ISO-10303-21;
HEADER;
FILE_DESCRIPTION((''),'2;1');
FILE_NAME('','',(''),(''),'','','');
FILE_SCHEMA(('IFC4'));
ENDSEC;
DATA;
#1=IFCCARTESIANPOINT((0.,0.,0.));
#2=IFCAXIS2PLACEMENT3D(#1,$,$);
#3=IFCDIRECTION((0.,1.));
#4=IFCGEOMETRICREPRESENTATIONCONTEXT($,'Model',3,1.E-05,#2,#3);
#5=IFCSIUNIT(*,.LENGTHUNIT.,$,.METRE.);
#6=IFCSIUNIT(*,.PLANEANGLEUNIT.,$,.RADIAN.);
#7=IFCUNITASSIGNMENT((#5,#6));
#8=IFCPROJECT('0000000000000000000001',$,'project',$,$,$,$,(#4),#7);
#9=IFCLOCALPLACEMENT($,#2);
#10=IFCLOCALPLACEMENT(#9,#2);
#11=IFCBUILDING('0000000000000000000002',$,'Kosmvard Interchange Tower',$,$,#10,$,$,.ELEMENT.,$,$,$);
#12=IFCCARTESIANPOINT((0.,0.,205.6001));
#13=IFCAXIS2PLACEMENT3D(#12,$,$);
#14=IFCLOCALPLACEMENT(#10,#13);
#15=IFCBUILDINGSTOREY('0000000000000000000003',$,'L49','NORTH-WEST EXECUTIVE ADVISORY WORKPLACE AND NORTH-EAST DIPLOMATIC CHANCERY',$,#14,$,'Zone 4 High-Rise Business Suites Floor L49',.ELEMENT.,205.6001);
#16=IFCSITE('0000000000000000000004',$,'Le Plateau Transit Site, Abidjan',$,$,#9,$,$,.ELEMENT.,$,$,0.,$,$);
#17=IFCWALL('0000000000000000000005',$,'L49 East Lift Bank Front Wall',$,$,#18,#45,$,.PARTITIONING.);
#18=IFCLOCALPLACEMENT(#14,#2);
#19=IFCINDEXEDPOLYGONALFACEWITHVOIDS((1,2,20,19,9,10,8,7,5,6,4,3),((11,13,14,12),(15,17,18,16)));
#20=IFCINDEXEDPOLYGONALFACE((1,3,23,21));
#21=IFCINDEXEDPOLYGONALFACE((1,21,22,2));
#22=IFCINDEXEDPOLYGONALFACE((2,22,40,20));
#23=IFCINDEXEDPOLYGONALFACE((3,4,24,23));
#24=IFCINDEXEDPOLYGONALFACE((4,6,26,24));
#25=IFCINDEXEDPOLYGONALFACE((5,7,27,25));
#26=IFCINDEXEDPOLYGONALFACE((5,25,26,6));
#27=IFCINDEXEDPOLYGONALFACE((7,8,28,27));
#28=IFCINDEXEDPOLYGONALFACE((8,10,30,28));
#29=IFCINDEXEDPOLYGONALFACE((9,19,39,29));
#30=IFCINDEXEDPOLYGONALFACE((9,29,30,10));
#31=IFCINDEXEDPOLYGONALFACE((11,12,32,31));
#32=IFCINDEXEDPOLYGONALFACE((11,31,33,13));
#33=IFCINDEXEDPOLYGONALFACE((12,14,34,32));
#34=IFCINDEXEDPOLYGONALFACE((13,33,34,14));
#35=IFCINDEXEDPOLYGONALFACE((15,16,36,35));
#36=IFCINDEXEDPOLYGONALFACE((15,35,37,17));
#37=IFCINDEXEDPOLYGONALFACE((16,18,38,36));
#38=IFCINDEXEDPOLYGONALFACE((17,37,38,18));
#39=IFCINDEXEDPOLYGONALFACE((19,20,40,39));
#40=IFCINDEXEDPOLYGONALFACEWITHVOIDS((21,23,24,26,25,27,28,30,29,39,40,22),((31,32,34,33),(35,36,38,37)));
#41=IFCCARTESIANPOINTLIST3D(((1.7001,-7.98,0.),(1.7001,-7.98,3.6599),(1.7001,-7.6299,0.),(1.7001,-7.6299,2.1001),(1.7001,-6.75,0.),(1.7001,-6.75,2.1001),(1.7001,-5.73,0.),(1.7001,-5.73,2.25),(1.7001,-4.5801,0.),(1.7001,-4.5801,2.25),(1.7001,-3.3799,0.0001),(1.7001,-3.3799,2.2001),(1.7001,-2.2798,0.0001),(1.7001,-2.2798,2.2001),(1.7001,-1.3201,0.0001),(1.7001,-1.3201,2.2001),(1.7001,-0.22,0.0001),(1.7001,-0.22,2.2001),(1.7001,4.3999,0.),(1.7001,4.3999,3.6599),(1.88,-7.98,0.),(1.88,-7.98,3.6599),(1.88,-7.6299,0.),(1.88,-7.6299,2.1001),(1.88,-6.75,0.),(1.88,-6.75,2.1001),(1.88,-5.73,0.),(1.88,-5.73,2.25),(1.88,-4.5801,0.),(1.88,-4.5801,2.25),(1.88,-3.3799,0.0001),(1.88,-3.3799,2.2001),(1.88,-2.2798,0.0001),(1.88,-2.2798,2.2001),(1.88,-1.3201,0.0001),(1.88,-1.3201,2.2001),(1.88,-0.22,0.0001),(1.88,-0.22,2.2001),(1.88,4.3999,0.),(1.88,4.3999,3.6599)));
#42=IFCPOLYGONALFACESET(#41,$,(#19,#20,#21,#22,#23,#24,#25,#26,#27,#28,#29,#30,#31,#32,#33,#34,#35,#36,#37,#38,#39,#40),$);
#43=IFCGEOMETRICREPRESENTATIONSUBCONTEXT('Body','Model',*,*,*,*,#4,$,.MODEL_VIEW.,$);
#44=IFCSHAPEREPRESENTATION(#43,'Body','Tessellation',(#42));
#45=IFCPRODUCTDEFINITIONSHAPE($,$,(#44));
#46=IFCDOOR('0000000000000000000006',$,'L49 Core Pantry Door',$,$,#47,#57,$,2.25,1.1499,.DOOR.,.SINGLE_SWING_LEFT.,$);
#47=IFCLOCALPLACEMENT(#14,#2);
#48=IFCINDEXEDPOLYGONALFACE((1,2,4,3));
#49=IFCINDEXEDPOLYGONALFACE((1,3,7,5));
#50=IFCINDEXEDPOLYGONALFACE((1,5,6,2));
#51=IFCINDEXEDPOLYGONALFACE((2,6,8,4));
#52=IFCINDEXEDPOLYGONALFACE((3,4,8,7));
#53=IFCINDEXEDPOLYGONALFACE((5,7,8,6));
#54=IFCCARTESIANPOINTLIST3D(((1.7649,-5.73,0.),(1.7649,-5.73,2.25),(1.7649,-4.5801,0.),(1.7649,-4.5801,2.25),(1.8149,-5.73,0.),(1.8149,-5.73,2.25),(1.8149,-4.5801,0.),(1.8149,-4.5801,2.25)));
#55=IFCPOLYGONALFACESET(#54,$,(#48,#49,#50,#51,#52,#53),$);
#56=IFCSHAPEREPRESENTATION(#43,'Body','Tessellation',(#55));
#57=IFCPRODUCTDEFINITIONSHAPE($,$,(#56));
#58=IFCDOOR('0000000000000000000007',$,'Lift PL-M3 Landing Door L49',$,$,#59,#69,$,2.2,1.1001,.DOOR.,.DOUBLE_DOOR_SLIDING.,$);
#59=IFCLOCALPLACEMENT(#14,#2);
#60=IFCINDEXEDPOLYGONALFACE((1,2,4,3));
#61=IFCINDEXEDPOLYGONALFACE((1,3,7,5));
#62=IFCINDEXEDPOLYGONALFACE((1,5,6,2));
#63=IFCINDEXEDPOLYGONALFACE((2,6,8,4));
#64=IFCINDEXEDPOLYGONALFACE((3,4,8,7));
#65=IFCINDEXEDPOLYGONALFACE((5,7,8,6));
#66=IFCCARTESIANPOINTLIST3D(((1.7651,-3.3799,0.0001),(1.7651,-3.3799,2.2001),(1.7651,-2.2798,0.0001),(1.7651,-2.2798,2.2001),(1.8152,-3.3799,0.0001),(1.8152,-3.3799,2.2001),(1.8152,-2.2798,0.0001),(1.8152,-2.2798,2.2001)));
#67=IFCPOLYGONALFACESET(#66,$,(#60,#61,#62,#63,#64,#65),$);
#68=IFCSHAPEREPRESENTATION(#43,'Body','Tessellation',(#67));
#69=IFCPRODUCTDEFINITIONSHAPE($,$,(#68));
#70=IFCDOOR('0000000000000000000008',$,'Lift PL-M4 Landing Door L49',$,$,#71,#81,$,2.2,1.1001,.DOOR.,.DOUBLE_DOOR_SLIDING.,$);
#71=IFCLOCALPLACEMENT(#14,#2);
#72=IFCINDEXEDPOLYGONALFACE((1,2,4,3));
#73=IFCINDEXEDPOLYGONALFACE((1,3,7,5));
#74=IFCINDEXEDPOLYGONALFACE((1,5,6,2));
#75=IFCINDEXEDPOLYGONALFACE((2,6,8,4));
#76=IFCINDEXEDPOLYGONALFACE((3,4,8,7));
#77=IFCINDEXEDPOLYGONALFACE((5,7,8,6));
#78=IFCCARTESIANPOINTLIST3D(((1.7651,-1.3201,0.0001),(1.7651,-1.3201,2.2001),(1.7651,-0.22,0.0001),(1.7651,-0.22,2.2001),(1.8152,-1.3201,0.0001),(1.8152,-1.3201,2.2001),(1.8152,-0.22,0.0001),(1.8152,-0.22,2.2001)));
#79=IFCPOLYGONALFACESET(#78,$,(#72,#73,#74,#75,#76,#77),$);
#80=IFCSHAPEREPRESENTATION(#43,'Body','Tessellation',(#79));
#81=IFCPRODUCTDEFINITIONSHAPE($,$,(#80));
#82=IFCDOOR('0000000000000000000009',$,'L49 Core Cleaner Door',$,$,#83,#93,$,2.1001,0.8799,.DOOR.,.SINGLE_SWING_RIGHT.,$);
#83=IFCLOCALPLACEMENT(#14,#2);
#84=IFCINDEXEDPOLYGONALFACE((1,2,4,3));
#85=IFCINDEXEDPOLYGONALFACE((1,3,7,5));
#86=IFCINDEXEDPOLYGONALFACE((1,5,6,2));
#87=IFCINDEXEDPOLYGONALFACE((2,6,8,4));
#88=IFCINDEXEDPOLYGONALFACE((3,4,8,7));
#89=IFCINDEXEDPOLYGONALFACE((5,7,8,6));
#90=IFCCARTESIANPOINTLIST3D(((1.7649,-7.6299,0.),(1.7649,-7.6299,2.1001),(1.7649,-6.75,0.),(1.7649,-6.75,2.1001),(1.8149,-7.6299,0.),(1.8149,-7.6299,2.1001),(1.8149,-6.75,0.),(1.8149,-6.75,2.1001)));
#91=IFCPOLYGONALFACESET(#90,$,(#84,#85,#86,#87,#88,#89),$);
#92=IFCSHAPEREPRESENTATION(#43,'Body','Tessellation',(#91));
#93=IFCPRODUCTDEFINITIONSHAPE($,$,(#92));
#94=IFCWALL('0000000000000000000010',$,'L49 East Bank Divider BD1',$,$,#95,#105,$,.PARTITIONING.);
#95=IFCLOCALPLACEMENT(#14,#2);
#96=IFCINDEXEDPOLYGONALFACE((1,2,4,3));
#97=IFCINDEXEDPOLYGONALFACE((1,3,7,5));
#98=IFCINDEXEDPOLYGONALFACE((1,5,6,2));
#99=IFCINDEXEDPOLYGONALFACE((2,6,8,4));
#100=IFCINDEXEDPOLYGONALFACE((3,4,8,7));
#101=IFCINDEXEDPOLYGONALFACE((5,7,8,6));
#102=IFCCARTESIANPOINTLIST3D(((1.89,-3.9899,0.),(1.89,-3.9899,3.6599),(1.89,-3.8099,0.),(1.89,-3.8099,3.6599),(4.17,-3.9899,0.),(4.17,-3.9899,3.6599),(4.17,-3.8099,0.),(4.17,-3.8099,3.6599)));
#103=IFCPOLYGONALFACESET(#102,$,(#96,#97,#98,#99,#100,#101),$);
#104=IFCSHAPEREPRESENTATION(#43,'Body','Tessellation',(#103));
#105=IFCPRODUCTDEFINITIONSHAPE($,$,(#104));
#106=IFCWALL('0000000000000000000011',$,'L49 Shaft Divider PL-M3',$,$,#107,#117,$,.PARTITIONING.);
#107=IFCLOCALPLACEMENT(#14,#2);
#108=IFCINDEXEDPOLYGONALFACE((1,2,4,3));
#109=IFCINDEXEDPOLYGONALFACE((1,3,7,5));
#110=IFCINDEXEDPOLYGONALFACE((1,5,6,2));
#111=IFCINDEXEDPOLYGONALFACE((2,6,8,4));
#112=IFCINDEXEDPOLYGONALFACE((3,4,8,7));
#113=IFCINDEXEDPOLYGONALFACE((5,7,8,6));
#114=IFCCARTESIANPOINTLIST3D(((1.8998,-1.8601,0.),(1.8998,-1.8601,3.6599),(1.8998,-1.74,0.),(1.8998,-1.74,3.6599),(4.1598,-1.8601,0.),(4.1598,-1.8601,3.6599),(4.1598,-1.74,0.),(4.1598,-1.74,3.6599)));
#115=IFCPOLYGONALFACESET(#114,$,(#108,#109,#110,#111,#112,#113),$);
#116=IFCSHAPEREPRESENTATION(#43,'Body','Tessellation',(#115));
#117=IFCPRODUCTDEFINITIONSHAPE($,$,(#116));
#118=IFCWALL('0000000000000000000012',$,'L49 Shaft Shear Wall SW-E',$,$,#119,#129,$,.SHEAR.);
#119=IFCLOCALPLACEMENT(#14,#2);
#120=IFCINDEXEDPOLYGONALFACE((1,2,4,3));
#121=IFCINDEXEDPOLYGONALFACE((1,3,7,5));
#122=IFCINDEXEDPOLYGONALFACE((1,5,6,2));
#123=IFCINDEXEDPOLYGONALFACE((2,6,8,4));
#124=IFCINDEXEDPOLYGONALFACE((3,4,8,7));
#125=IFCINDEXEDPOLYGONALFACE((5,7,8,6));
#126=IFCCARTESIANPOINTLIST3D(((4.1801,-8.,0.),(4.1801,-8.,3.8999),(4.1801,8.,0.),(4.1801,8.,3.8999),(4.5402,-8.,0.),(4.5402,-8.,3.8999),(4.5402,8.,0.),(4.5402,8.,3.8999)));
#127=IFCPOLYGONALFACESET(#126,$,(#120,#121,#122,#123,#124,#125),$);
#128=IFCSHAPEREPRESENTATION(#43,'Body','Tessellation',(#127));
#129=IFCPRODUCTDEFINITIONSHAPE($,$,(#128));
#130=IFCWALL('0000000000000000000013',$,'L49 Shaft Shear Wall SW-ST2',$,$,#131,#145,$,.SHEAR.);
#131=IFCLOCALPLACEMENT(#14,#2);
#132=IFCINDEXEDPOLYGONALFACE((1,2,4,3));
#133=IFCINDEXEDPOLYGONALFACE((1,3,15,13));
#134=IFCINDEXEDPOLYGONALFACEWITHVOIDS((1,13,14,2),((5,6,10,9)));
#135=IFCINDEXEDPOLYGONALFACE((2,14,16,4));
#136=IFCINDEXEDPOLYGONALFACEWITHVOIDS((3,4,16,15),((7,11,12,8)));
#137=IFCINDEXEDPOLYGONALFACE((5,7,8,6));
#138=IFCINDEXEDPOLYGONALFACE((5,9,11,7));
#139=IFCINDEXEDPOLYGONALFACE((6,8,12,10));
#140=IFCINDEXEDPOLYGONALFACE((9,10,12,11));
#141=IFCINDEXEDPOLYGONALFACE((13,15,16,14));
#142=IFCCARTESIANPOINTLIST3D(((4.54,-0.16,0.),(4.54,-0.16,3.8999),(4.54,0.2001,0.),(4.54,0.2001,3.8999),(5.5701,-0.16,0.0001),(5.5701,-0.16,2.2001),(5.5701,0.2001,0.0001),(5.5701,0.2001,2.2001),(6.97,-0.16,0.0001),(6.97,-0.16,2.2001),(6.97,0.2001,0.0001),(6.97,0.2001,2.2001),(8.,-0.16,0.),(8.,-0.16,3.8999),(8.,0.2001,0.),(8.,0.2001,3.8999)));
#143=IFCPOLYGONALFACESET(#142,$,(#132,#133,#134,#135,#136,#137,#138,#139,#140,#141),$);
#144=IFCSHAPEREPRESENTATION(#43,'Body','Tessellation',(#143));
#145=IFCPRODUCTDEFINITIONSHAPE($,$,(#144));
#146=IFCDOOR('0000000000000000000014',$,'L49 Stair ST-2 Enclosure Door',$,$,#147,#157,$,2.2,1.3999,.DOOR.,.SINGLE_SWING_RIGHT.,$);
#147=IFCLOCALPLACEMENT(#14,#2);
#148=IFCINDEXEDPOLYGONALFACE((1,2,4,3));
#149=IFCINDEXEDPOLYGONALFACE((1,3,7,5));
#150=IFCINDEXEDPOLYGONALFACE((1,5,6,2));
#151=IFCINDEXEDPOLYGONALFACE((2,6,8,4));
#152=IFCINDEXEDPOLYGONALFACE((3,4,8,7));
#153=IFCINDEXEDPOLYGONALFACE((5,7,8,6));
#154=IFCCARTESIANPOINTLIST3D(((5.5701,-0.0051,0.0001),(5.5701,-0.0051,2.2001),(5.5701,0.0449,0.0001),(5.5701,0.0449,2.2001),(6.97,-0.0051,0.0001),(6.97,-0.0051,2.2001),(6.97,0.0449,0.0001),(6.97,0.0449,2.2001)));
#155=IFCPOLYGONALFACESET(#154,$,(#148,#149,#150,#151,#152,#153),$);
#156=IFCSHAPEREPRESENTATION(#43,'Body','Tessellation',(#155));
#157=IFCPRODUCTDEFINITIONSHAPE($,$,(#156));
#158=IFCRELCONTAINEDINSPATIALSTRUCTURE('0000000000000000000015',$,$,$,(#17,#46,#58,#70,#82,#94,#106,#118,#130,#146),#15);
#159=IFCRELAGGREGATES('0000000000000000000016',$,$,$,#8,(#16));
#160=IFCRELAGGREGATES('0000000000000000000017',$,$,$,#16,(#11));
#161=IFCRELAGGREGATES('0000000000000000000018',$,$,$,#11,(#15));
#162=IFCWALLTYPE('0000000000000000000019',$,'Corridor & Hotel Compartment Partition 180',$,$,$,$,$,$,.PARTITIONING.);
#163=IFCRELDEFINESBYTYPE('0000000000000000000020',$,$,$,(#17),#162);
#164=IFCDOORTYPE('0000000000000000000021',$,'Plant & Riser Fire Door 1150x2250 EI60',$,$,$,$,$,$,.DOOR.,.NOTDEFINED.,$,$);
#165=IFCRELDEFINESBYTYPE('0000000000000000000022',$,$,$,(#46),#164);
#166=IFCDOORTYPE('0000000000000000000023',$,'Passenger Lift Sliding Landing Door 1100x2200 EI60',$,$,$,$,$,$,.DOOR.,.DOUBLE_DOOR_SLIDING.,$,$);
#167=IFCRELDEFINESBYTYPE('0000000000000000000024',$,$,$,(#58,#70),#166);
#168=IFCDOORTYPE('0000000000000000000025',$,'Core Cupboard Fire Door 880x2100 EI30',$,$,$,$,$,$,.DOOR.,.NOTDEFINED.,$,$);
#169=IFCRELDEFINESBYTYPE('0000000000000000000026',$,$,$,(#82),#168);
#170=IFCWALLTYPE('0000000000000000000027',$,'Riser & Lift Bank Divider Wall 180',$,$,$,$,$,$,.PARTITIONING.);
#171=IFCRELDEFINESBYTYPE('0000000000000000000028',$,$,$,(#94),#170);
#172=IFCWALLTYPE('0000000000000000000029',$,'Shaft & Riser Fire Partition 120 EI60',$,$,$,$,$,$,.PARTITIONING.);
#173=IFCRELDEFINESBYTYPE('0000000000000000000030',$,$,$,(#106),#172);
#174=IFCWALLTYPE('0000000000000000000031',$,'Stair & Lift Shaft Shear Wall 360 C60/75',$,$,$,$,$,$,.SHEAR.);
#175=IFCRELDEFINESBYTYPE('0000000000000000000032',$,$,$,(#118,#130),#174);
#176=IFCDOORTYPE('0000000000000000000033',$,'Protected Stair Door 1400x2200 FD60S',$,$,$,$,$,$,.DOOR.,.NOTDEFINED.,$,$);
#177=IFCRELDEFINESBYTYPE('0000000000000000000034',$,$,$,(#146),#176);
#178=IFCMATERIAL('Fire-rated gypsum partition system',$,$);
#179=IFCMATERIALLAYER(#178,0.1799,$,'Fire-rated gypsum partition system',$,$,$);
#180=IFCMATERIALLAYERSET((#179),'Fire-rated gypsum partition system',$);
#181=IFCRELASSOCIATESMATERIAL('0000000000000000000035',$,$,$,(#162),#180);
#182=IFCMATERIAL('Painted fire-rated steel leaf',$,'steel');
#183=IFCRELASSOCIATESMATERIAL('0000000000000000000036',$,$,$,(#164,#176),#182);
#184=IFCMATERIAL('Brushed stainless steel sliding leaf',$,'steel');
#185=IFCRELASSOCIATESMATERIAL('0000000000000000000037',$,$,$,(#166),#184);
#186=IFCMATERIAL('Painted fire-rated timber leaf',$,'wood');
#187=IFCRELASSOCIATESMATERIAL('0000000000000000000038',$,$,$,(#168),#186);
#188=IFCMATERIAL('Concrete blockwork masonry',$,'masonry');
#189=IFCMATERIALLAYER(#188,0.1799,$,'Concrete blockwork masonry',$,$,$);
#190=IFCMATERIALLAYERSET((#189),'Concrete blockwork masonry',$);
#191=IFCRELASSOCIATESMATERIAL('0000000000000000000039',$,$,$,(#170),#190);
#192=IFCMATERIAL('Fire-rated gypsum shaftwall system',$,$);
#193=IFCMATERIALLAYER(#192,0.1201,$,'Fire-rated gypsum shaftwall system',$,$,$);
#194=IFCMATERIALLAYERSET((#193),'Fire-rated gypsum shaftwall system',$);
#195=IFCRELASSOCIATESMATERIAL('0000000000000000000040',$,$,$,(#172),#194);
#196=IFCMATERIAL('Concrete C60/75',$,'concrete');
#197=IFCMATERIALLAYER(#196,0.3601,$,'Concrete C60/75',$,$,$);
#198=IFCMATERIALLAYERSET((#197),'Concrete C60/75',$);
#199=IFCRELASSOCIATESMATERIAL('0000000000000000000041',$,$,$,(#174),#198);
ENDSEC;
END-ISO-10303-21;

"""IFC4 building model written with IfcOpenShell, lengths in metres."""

from ifc_helpers import new_model, si_unit, direction, frame, frame_2d, origin, place, context, subcontext, project, spatial, rectangle, extrude, source, transform, mapped, material, layer, layer_set, type_object, element, fill, save


model = new_model("IFC4")

# Units and contexts
model_context = context("Model", 3, precision=1e-05, world=origin(), true_north=direction((0.0, 1.0)))
body_context = subcontext(model_context, "Body", "Model", "MODEL_VIEW")
ifc_project = project(units=[si_unit("LENGTHUNIT", "METRE"), si_unit("PLANEANGLEUNIT", "RADIAN")], contexts=[model_context])

# Site, building, storey
site_placement = place(None, origin())
site = spatial("IfcSite", under=ifc_project, at=site_placement, Name="Le Plateau Transit Site, Abidjan", CompositionType="ELEMENT", RefElevation=0.0)
building_placement = place(site_placement, origin())
building = spatial("IfcBuilding", under=site, at=building_placement, Name="Kosmvard Interchange Tower", CompositionType="ELEMENT")
storey_placement = place(building_placement, frame((0.0, 0.0, 205.6001)))
storey = spatial("IfcBuildingStorey", under=building, at=storey_placement, Name="L49", Description="NORTH-WEST EXECUTIVE ADVISORY WORKPLACE AND NORTH-EAST DIPLOMATIC CHANCERY", LongName="Zone 4 High-Rise Business Suites Floor L49", CompositionType="ELEMENT", Elevation=205.6001)

# Shared definitions
ifc_material_1 = material(Name="Concrete C60/75", Category="concrete")

# Shared definitions
ifc_material_2 = material(Name="Fire-rated gypsum partition system")

# Wall, openings, doors
ifc_layer_1 = layer(ifc_material_2, 0.1799, Name="Fire-rated gypsum partition system")
ifc_layer_set_1 = layer_set([ifc_layer_1], Name="Fire-rated gypsum partition system")
wall_type_1 = type_object("IfcWallType", Name="Corridor & Hotel Compartment Partition 180", PredefinedType="PARTITIONING", material=ifc_layer_set_1)
wall_1_placement = place(storey_placement, frame((1.79, -7.98, 0.0), z_axis=(0.0, 0.0, 1.0), x_axis=(0.0, 1.0, 0.0)))
wall_1 = element("IfcWall", 1, at=wall_1_placement, inside=storey, type_object=wall_type_1, Name="L49 East Lift Bank Front Wall", PredefinedType="PARTITIONING", context=body_context, shape_type="SweptSolid", body=[
    extrude(rectangle(XDim=12.3799, YDim=0.1799, at=frame_2d((6.1899, 0.0))), origin(), (0.0, 0.0, 1.0), 3.6599),
])
opening_1_placement = place(wall_1_placement, frame((4.6001, 0.0, 0.0)))
opening_1 = element("IfcOpeningElement", 2, at=opening_1_placement, cuts=wall_1, PredefinedType="OPENING", context=body_context, shape_type="SweptSolid", body=[
    extrude(rectangle(XDim=1.1001, YDim=2.2, at=frame_2d((0.55, 1.1001))), frame((0.0, 0.1001, 0.0), z_axis=(0.0, -1.0, 0.0), x_axis=(1.0, 0.0, 0.0)), (0.0, 0.0, 1.0), 0.2),
])
opening_2_placement = place(wall_1_placement, frame((6.6599, 0.0, 0.0)))
opening_2 = element("IfcOpeningElement", 3, at=opening_2_placement, cuts=wall_1, PredefinedType="OPENING", context=body_context, shape_type="SweptSolid", body=[
    extrude(rectangle(XDim=1.1001, YDim=2.2, at=frame_2d((0.55, 1.1001))), frame((0.0, 0.1001, 0.0), z_axis=(0.0, -1.0, 0.0), x_axis=(1.0, 0.0, 0.0)), (0.0, 0.0, 1.0), 0.2),
])
opening_3_placement = place(wall_1_placement, frame((0.3501, 0.0, 0.0)))
opening_3 = element("IfcOpeningElement", 4, at=opening_3_placement, cuts=wall_1, PredefinedType="OPENING", context=body_context, shape_type="SweptSolid", body=[
    extrude(rectangle(XDim=0.8799, YDim=2.1001, at=frame_2d((0.4399, 1.05))), frame((0.0, 0.1001, 0.0), z_axis=(0.0, -1.0, 0.0), x_axis=(1.0, 0.0, 0.0)), (0.0, 0.0, 1.0), 0.2),
])
opening_4_placement = place(wall_1_placement, frame((2.25, 0.0, 0.0)))
opening_4 = element("IfcOpeningElement", 5, at=opening_4_placement, cuts=wall_1, PredefinedType="OPENING", context=body_context, shape_type="SweptSolid", body=[
    extrude(rectangle(XDim=1.1499, YDim=2.25, at=frame_2d((0.575, 1.125))), frame((0.0, 0.1001, 0.0), z_axis=(0.0, -1.0, 0.0), x_axis=(1.0, 0.0, 0.0)), (0.0, 0.0, 1.0), 0.2),
])
ifc_material_3 = material(Name="Painted fire-rated steel leaf", Category="steel")
door_type_1 = type_object("IfcDoorType", Name="Plant & Riser Fire Door 1150x2250 EI60", OperationType="NOTDEFINED", PredefinedType="DOOR", material=ifc_material_3)
shared_shape_1 = source(origin(), body_context, "Body", "SweptSolid", [
    extrude(rectangle(XDim=1.1499, YDim=2.25, at=frame_2d((0.575, 1.125))), frame((0.0, 0.0249, 0.0), z_axis=(0.0, -1.0, 0.0), x_axis=(1.0, 0.0, 0.0)), (0.0, 0.0, 1.0), 0.05),
])
door_1_placement = place(opening_4_placement, frame((1.1499, 0.0, 0.0), z_axis=(0.0, 0.0, 1.0), x_axis=(-1.0, 0.0, 0.0)))
door_1 = element("IfcDoor", 6, at=door_1_placement, inside=storey, type_object=door_type_1, Name="L49 Core Pantry Door", OperationType="SINGLE_SWING_LEFT", OverallHeight=2.25, OverallWidth=1.1499, PredefinedType="DOOR", context=body_context, shape_type="MappedRepresentation", body=[
    mapped(shared_shape_1, transform((0.0, 0.0, 0.0), scale=1.0)),
])
fill(opening_4, door_1)
ifc_material_4 = material(Name="Brushed stainless steel sliding leaf", Category="steel")
door_type_2 = type_object("IfcDoorType", Name="Passenger Lift Sliding Landing Door 1100x2200 EI60", OperationType="DOUBLE_DOOR_SLIDING", PredefinedType="DOOR", material=ifc_material_4)
shared_shape_2 = source(origin(), body_context, "Body", "SweptSolid", [
    extrude(rectangle(XDim=1.1001, YDim=2.2, at=frame_2d((0.55, 1.1001))), frame((0.0, 0.0249, 0.0), z_axis=(0.0, -1.0, 0.0), x_axis=(1.0, 0.0, 0.0)), (0.0, 0.0, 1.0), 0.05),
])
door_2_placement = place(opening_1_placement, origin())
door_2 = element("IfcDoor", 7, at=door_2_placement, inside=storey, type_object=door_type_2, Name="Lift PL-M3 Landing Door L49", OperationType="DOUBLE_DOOR_SLIDING", OverallHeight=2.2, OverallWidth=1.1001, PredefinedType="DOOR", context=body_context, shape_type="MappedRepresentation", body=[
    mapped(shared_shape_2, transform((0.0, 0.0, 0.0), scale=1.0)),
])
fill(opening_1, door_2)
door_3_placement = place(opening_2_placement, origin())
door_3 = element("IfcDoor", 8, at=door_3_placement, inside=storey, type_object=door_type_2, Name="Lift PL-M4 Landing Door L49", OperationType="DOUBLE_DOOR_SLIDING", OverallHeight=2.2, OverallWidth=1.1001, PredefinedType="DOOR", context=body_context, shape_type="MappedRepresentation", body=[
    mapped(shared_shape_2, transform((0.0, 0.0, 0.0), scale=1.0)),
])
fill(opening_2, door_3)
ifc_material_5 = material(Name="Painted fire-rated timber leaf", Category="wood")
door_type_3 = type_object("IfcDoorType", Name="Core Cupboard Fire Door 880x2100 EI30", OperationType="NOTDEFINED", PredefinedType="DOOR", material=ifc_material_5)
shared_shape_3 = source(origin(), body_context, "Body", "SweptSolid", [
    extrude(rectangle(XDim=0.8799, YDim=2.1001, at=frame_2d((0.4399, 1.05))), frame((0.0, 0.0249, 0.0), z_axis=(0.0, -1.0, 0.0), x_axis=(1.0, 0.0, 0.0)), (0.0, 0.0, 1.0), 0.05),
])
door_4_placement = place(opening_3_placement, frame((0.8799, 0.0, 0.0), z_axis=(0.0, 0.0, 1.0), x_axis=(-1.0, 0.0, 0.0)))
door_4 = element("IfcDoor", 9, at=door_4_placement, inside=storey, type_object=door_type_3, Name="L49 Core Cleaner Door", OperationType="SINGLE_SWING_RIGHT", OverallHeight=2.1001, OverallWidth=0.8799, PredefinedType="DOOR", context=body_context, shape_type="MappedRepresentation", body=[
    mapped(shared_shape_3, transform((0.0, 0.0, 0.0), scale=1.0)),
])
fill(opening_3, door_4)

# Walls
ifc_material_6 = material(Name="Concrete blockwork masonry", Category="masonry")
ifc_layer_2 = layer(ifc_material_6, 0.1799, Name="Concrete blockwork masonry")
ifc_layer_set_2 = layer_set([ifc_layer_2], Name="Concrete blockwork masonry")
wall_type_2 = type_object("IfcWallType", Name="Riser & Lift Bank Divider Wall 180", PredefinedType="PARTITIONING", material=ifc_layer_set_2)
wall_2_placement = place(storey_placement, frame((1.8899, -3.8999, 0.0), z_axis=(0.0, 0.0, 1.0), x_axis=(1.0, 0.0, 0.0)))
element("IfcWall", 10, at=wall_2_placement, inside=storey, type_object=wall_type_2, Name="L49 East Bank Divider BD1", PredefinedType="PARTITIONING", context=body_context, shape_type="SweptSolid", body=[
    extrude(rectangle(XDim=2.28, YDim=0.1799, at=frame_2d((1.1401, 0.0))), origin(), (0.0, 0.0, 1.0), 3.6599),
])
ifc_material_7 = material(Name="Fire-rated gypsum shaftwall system")
ifc_layer_3 = layer(ifc_material_7, 0.1201, Name="Fire-rated gypsum shaftwall system")
ifc_layer_set_3 = layer_set([ifc_layer_3], Name="Fire-rated gypsum shaftwall system")
wall_type_3 = type_object("IfcWallType", Name="Shaft & Riser Fire Partition 120 EI60", PredefinedType="PARTITIONING", material=ifc_layer_set_3)
wall_3_placement = place(storey_placement, frame((1.8999, -1.8, 0.0), z_axis=(0.0, 0.0, 1.0), x_axis=(1.0, 0.0, 0.0)))
element("IfcWall", 11, at=wall_3_placement, inside=storey, type_object=wall_type_3, Name="L49 Shaft Divider PL-M3", PredefinedType="PARTITIONING", context=body_context, shape_type="SweptSolid", body=[
    extrude(rectangle(XDim=2.26, YDim=0.1201, at=frame_2d((1.1299, 0.0))), origin(), (0.0, 0.0, 1.0), 3.6599),
])
ifc_layer_4 = layer(ifc_material_1, 0.3601, Name="Concrete C60/75")
ifc_layer_set_4 = layer_set([ifc_layer_4], Name="Concrete C60/75")
wall_type_4 = type_object("IfcWallType", Name="Stair & Lift Shaft Shear Wall 360 C60/75", PredefinedType="SHEAR", material=ifc_layer_set_4)
wall_4_placement = place(storey_placement, frame((4.3601, -8.0, 0.0), z_axis=(0.0, 0.0, 1.0), x_axis=(0.0, 1.0, 0.0)))
element("IfcWall", 12, at=wall_4_placement, inside=storey, type_object=wall_type_4, Name="L49 Shaft Shear Wall SW-E", PredefinedType="SHEAR", context=body_context, shape_type="SweptSolid", body=[
    extrude(rectangle(XDim=16.0, YDim=0.3601, at=frame_2d((8.0, 0.0))), origin(), (0.0, 0.0, 1.0), 3.8999),
])

# Wall, opening, door
wall_5_placement = place(storey_placement, frame((4.54, 0.02, 0.0), z_axis=(0.0, 0.0, 1.0), x_axis=(1.0, 0.0, 0.0)))
wall_5 = element("IfcWall", 13, at=wall_5_placement, inside=storey, type_object=wall_type_4, Name="L49 Shaft Shear Wall SW-ST2", PredefinedType="SHEAR", context=body_context, shape_type="SweptSolid", body=[
    extrude(rectangle(XDim=3.46, YDim=0.3601, at=frame_2d((1.73, 0.0))), origin(), (0.0, 0.0, 1.0), 3.8999),
])
opening_5_placement = place(wall_5_placement, frame((1.03, 0.0, 0.0)))
opening_5 = element("IfcOpeningElement", 14, at=opening_5_placement, cuts=wall_5, PredefinedType="OPENING", context=body_context, shape_type="SweptSolid", body=[
    extrude(rectangle(XDim=1.3999, YDim=2.2, at=frame_2d((0.7, 1.1001))), frame((0.0, 0.1899, 0.0), z_axis=(0.0, -1.0, 0.0), x_axis=(1.0, 0.0, 0.0)), (0.0, 0.0, 1.0), 0.3801),
])
door_type_4 = type_object("IfcDoorType", Name="Protected Stair Door 1400x2200 FD60S", OperationType="NOTDEFINED", PredefinedType="DOOR", material=ifc_material_3)
shared_shape_4 = source(origin(), body_context, "Body", "SweptSolid", [
    extrude(rectangle(XDim=1.3999, YDim=2.2, at=frame_2d((0.7, 1.1001))), frame((0.0, 0.0249, 0.0), z_axis=(0.0, -1.0, 0.0), x_axis=(1.0, 0.0, 0.0)), (0.0, 0.0, 1.0), 0.05),
])
door_5_placement = place(opening_5_placement, origin())
door_5 = element("IfcDoor", 15, at=door_5_placement, inside=storey, type_object=door_type_4, Name="L49 Stair ST-2 Enclosure Door", OperationType="SINGLE_SWING_RIGHT", OverallHeight=2.2, OverallWidth=1.3999, PredefinedType="DOOR", context=body_context, shape_type="MappedRepresentation", body=[
    mapped(shared_shape_4, transform((0.0, 0.0, 0.0), scale=1.0)),
])
fill(opening_5, door_5)

save(model, "model.ifc")
